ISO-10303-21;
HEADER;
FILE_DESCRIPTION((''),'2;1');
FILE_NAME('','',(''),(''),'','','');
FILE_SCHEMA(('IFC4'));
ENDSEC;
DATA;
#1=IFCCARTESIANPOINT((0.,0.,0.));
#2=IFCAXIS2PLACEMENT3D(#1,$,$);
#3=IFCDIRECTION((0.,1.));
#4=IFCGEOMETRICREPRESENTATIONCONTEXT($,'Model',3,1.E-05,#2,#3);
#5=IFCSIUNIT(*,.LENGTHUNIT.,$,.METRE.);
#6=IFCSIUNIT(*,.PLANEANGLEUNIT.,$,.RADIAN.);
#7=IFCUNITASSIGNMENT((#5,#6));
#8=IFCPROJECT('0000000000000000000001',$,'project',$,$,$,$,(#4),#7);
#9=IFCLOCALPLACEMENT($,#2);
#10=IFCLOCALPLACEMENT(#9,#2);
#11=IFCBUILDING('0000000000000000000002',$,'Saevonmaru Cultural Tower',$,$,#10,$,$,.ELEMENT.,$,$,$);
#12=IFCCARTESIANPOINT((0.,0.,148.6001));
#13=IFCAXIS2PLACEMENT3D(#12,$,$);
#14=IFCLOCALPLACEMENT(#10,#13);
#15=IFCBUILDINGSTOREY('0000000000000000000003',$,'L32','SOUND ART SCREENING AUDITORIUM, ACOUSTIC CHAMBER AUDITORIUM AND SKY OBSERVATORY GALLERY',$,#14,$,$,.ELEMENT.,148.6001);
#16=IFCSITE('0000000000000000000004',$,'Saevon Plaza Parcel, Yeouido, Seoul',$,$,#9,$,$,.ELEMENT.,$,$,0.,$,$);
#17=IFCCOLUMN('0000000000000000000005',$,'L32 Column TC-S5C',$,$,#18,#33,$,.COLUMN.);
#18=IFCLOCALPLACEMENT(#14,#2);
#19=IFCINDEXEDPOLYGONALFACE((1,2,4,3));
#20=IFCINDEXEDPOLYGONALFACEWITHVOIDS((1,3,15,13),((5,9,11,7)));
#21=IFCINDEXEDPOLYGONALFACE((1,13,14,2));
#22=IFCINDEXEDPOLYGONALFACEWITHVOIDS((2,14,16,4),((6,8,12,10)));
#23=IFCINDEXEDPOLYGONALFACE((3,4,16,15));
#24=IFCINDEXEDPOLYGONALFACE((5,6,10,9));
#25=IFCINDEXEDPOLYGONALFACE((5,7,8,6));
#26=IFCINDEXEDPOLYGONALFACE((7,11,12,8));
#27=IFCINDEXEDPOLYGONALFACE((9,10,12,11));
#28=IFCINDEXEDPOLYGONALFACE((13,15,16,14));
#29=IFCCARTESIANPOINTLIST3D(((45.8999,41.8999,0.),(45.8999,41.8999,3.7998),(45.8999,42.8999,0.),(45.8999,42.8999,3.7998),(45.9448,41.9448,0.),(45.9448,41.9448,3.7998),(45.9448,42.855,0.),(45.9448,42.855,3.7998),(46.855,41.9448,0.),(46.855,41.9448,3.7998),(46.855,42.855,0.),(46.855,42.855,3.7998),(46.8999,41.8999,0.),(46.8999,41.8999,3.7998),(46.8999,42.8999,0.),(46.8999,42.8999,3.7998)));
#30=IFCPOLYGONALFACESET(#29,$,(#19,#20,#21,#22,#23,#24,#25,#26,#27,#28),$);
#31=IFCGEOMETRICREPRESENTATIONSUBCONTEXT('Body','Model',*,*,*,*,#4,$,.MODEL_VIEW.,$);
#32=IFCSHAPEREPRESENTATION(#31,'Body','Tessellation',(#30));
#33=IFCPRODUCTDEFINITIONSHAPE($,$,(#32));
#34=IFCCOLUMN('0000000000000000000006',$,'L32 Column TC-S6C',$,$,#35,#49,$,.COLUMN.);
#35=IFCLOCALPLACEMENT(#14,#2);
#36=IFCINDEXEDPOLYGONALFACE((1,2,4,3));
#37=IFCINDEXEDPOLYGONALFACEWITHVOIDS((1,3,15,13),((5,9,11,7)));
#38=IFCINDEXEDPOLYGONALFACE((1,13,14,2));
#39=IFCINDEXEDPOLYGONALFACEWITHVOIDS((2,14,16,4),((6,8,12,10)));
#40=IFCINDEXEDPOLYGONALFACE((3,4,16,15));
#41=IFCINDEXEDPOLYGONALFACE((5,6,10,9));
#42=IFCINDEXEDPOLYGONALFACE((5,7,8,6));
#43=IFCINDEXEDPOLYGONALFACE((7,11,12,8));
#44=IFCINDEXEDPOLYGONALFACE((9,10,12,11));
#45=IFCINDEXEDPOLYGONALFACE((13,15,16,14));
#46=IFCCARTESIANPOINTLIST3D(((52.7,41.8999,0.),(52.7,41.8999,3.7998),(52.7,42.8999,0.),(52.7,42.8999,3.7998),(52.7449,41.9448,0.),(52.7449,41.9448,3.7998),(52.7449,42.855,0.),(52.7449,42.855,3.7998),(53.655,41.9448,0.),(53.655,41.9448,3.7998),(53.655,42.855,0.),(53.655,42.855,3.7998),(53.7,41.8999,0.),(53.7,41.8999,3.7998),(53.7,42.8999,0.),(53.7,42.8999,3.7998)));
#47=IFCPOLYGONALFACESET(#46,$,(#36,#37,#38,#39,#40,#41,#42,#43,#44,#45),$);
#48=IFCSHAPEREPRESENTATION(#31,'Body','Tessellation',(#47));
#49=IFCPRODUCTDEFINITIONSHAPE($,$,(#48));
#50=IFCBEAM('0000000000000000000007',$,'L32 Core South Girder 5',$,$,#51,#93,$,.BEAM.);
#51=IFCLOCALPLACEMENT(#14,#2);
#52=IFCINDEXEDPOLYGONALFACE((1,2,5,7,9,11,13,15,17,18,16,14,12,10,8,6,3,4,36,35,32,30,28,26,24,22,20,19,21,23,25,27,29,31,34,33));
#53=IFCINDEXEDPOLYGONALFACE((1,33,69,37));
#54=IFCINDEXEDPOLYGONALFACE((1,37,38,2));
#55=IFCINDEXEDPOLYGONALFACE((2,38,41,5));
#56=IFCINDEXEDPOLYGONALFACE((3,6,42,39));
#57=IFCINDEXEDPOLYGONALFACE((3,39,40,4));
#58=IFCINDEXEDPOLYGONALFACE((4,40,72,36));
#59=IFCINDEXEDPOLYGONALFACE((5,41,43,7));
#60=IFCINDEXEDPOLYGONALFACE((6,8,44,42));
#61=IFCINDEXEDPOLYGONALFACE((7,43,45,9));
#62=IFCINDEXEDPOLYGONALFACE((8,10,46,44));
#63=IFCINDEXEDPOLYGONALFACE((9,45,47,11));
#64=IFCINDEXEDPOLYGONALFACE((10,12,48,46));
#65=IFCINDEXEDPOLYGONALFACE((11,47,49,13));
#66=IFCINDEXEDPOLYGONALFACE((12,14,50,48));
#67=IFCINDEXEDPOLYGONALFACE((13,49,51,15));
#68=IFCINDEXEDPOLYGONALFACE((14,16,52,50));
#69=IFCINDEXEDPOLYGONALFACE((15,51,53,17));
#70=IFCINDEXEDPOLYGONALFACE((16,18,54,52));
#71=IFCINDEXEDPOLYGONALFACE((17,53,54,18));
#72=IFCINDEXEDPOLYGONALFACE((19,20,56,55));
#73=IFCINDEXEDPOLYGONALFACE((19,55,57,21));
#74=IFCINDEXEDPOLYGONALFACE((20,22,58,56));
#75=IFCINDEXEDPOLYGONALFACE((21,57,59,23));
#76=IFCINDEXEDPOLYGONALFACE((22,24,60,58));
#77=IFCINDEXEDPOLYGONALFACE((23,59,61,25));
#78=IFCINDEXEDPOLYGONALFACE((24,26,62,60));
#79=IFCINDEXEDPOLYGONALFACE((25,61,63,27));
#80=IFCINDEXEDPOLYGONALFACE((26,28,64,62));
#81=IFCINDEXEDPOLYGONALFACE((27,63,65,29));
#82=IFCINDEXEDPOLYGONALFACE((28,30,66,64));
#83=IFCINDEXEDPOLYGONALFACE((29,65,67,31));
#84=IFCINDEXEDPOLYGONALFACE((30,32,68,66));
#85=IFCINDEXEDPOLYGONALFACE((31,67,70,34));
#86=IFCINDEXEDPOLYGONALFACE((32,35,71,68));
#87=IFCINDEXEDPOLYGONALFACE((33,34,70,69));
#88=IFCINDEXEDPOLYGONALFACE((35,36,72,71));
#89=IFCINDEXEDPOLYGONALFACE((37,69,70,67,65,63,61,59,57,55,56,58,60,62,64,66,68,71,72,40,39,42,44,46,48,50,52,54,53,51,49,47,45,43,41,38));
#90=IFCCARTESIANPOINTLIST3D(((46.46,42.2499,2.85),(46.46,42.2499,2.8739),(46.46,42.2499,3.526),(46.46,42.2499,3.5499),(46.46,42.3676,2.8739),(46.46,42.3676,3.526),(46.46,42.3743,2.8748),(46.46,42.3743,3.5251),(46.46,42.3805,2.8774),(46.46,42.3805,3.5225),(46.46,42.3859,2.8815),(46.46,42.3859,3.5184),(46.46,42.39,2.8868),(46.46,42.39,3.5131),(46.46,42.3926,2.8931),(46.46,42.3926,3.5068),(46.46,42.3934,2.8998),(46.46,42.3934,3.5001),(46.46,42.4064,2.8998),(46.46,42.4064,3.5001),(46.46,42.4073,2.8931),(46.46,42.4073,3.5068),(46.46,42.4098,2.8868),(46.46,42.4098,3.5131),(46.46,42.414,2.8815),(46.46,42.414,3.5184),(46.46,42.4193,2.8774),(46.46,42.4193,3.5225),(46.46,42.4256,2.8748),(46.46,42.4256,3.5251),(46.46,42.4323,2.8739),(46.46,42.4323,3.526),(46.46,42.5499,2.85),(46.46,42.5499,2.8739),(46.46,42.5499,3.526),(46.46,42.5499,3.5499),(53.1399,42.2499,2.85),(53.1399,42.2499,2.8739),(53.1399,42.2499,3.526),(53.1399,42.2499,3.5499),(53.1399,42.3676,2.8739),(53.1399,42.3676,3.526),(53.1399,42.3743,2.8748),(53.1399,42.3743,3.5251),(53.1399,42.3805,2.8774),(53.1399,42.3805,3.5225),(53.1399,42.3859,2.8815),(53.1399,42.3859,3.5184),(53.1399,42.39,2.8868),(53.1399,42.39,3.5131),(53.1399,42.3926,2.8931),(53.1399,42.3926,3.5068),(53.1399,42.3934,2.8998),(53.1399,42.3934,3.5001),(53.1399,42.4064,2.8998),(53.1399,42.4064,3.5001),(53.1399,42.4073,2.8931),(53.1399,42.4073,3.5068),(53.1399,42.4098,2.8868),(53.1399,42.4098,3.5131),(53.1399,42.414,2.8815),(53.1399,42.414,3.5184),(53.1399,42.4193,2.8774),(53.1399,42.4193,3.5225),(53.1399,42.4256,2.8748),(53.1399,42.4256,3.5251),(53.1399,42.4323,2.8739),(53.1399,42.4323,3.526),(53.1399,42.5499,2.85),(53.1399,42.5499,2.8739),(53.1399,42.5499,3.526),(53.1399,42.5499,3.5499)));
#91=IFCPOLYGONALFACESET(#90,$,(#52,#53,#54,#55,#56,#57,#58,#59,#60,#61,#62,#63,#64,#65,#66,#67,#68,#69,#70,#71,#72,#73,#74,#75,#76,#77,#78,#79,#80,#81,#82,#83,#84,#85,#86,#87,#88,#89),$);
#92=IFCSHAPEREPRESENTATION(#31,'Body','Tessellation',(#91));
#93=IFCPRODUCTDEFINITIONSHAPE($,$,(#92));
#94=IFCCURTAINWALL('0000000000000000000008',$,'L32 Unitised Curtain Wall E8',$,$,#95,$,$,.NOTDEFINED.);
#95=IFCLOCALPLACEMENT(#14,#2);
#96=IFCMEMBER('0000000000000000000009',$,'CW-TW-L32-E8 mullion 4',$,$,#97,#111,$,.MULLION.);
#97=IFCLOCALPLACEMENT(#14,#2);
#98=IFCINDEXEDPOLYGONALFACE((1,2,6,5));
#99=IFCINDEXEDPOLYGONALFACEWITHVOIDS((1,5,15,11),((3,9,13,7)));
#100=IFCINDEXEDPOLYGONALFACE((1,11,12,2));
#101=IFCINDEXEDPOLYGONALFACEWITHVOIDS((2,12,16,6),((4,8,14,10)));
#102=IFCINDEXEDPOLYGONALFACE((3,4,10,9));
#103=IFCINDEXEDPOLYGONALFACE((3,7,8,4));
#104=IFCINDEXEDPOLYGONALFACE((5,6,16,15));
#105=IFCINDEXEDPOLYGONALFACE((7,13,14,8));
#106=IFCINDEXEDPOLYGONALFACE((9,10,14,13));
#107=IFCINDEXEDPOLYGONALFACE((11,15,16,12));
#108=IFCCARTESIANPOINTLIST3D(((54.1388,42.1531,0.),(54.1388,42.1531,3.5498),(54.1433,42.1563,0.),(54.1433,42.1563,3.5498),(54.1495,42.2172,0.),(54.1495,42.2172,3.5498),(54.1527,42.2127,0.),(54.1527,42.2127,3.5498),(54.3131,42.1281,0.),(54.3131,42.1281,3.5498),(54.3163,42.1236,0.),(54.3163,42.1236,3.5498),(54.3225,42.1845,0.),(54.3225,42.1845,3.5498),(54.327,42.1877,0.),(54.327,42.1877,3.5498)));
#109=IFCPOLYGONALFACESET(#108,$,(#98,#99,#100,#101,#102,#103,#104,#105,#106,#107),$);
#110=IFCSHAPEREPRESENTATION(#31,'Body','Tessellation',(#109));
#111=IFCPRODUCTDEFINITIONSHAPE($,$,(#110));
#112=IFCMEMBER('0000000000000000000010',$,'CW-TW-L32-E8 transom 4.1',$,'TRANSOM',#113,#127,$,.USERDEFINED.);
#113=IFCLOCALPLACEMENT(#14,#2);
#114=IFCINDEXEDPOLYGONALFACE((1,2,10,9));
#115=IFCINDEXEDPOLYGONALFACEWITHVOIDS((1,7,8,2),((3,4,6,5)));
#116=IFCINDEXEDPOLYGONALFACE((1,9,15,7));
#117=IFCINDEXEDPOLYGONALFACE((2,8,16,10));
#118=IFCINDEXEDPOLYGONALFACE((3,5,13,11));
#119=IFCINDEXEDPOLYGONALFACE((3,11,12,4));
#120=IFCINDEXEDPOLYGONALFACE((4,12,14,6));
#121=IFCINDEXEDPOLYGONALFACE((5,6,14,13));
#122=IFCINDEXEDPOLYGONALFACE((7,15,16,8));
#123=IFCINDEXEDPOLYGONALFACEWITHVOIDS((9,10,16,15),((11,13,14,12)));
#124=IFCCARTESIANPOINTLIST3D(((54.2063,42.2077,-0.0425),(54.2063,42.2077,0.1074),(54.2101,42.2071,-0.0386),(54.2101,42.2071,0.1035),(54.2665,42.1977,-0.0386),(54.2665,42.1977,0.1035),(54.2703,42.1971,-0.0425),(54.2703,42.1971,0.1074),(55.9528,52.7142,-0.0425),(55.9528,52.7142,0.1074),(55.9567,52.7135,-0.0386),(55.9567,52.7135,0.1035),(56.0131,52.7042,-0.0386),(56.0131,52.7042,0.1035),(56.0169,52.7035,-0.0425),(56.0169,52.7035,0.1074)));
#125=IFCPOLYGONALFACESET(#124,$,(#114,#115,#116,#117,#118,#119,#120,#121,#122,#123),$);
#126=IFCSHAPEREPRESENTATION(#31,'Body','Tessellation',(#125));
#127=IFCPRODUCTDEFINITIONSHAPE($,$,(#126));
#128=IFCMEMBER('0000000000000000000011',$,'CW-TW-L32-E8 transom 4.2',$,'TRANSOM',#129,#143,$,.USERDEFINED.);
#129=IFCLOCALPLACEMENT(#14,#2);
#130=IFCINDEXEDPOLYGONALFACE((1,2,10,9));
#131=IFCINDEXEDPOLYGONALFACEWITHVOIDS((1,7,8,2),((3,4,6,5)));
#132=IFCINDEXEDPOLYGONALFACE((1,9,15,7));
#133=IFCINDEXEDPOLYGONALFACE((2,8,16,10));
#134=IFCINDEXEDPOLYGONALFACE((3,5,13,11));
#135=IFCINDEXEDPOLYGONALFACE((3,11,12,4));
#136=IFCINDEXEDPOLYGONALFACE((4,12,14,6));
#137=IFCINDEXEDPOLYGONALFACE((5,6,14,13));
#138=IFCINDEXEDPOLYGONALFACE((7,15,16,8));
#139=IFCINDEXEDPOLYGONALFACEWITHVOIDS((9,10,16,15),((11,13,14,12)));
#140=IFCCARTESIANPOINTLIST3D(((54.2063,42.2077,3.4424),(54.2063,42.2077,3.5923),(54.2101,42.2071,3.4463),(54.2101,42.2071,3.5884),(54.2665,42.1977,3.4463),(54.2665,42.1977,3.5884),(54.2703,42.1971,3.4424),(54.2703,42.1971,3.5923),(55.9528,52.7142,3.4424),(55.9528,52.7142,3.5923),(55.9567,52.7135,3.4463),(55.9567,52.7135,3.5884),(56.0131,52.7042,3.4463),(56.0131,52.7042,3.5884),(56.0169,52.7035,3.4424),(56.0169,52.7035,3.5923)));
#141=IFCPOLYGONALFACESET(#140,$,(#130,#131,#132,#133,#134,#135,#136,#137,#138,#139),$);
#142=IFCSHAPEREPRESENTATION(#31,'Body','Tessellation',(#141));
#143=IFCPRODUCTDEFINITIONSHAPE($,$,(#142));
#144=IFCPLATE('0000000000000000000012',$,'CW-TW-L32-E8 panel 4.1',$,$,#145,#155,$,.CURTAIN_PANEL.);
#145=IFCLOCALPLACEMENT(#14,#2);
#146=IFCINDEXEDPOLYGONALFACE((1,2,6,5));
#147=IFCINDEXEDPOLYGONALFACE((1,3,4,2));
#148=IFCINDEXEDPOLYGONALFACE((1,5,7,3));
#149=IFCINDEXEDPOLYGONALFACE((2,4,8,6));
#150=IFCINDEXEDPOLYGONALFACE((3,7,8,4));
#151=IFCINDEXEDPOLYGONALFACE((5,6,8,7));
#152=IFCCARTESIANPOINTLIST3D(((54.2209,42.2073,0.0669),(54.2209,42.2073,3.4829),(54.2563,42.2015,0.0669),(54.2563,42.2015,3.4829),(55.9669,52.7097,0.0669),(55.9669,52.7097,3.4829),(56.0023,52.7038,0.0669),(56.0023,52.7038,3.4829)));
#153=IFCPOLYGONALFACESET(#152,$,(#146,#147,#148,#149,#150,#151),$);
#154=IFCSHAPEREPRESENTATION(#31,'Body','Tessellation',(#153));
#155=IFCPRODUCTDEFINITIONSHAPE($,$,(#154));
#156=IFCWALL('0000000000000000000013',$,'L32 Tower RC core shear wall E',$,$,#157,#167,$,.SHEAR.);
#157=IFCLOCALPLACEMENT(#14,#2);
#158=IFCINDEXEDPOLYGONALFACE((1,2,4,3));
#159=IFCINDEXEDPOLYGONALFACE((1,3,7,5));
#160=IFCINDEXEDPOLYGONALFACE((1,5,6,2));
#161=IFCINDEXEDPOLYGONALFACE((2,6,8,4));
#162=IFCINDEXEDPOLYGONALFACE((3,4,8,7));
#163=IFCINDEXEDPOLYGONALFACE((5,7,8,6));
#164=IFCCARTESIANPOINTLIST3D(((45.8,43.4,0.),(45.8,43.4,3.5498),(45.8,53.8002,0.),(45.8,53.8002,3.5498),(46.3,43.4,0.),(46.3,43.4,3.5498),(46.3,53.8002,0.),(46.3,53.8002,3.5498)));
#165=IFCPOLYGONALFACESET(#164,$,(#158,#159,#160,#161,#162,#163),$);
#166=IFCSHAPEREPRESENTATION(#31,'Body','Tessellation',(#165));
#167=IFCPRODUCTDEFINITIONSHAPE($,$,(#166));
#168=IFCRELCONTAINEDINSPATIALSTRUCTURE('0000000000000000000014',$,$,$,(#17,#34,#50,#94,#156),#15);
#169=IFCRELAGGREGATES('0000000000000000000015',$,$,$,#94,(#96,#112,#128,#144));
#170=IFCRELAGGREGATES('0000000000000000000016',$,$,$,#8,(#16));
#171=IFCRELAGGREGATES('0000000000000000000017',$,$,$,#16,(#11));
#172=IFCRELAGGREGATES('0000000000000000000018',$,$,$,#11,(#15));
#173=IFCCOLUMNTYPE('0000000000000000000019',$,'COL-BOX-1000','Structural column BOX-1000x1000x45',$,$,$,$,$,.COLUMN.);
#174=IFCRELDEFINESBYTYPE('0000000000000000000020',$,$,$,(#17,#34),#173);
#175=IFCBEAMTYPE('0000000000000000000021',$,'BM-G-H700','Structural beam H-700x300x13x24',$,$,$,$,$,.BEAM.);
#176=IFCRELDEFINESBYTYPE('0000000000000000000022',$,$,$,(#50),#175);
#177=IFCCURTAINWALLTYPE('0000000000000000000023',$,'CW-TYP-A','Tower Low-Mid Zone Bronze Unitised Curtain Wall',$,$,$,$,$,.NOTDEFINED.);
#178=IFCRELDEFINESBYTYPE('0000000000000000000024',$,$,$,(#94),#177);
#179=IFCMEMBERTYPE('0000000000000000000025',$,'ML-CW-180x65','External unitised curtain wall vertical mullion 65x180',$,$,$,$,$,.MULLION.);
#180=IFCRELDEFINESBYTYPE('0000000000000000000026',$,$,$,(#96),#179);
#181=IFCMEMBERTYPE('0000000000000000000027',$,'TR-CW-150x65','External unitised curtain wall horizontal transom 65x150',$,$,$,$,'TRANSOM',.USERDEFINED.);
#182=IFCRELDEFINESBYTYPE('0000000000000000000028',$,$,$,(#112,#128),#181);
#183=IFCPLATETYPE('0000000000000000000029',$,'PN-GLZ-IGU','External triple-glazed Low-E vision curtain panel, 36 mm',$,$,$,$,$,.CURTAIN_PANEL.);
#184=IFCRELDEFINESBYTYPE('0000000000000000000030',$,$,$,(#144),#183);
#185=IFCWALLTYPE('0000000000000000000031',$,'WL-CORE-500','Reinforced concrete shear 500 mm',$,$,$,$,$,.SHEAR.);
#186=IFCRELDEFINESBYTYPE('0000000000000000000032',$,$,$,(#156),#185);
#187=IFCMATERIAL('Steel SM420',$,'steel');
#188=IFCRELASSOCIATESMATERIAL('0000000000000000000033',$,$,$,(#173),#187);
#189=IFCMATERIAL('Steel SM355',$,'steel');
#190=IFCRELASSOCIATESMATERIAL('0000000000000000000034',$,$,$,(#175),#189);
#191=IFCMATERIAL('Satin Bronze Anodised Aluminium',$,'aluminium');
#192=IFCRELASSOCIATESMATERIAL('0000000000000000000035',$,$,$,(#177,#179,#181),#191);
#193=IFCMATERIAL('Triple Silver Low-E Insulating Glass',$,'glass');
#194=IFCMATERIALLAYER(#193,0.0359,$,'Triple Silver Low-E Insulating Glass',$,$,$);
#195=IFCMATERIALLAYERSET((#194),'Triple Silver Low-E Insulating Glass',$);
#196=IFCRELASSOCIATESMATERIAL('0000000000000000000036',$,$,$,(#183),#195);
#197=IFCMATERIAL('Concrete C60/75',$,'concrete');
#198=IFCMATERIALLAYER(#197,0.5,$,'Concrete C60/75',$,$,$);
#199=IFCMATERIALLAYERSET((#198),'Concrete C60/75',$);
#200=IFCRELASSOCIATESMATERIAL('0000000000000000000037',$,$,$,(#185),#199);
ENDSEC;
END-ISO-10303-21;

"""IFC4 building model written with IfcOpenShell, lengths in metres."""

from ifc_helpers import new_model, si_unit, direction, frame, frame_2d, origin, origin_2d, place, context, subcontext, project, spatial, rectangle, hollow_rectangle, i_section, extrude, material, layer, layer_set, material_profile, profile_set, type_object, element, aggregate, save


model = new_model("IFC4")

# Units and contexts
model_context = context("Model", 3, precision=1e-05, world=origin(), true_north=direction((0.0, 1.0)))
body_context = subcontext(model_context, "Body", "Model", "MODEL_VIEW")
ifc_project = project(units=[si_unit("LENGTHUNIT", "METRE"), si_unit("PLANEANGLEUNIT", "RADIAN")], contexts=[model_context])

# Site, building, storey
site_placement = place(None, origin())
site = spatial("IfcSite", under=ifc_project, at=site_placement, Name="Saevon Plaza Parcel, Yeouido, Seoul", CompositionType="ELEMENT", RefElevation=0.0)
building_placement = place(site_placement, origin())
building = spatial("IfcBuilding", under=site, at=building_placement, Name="Saevonmaru Cultural Tower", CompositionType="ELEMENT")
storey_placement = place(building_placement, frame((0.0, 0.0, 148.6001)))
storey = spatial("IfcBuildingStorey", under=building, at=storey_placement, Name="L32", Description="SOUND ART SCREENING AUDITORIUM, ACOUSTIC CHAMBER AUDITORIUM AND SKY OBSERVATORY GALLERY", CompositionType="ELEMENT", Elevation=148.6001)

# Columns
ifc_material_1 = material(Name="Steel SM420", Category="steel")
ifc_material_profile_1 = material_profile(ifc_material_1, hollow_rectangle(XDim=1.0, YDim=1.0, WallThickness=0.0449, at=origin_2d()), Name="BOX-1000x1000x45")
ifc_profile_set_1 = profile_set([ifc_material_profile_1], Name="Steel SM420")
column_type = type_object("IfcColumnType", Name="COL-BOX-1000", Description="Structural column BOX-1000x1000x45", PredefinedType="COLUMN", material=ifc_profile_set_1)
for number, where, z_axis, x_axis, name in (
    (1, (46.3999, 42.3999, 0.0), (0.0, 0.0, 1.0), (1.0, 0.0, 0.0), "L32 Column TC-S5C"),
    (2, (53.2, 42.3999, 0.0), (0.0, 0.0, 1.0), (1.0, 0.0, 0.0), "L32 Column TC-S6C"),
):
    element("IfcColumn", number, at=place(storey_placement, frame(where, z_axis=z_axis, x_axis=x_axis)), inside=storey, type_object=column_type, Name=name, PredefinedType="COLUMN", context=body_context, shape_type="SweptSolid", body=[
        extrude(hollow_rectangle(XDim=1.0, YDim=1.0, WallThickness=0.0449, at=origin_2d()), origin(), (0.0, 0.0, 1.0), 3.7998),
    ])

# Beam
ifc_material_2 = material(Name="Steel SM355", Category="steel")
ifc_material_profile_2 = material_profile(ifc_material_2, i_section(OverallWidth=0.3, OverallDepth=0.7, WebThickness=0.0129, FlangeThickness=0.0239, FilletRadius=0.0259, at=origin_2d()), Name="H-700x300x13x24")
ifc_profile_set_2 = profile_set([ifc_material_profile_2], Name="Steel SM355")
beam_type = type_object("IfcBeamType", Name="BM-G-H700", Description="Structural beam H-700x300x13x24", PredefinedType="BEAM", material=ifc_profile_set_2)
beam_placement = place(storey_placement, frame((46.46, 42.3999, 3.2), z_axis=(1.0, 0.0, 0.0), x_axis=(0.0, 1.0, 0.0)))
element("IfcBeam", 3, at=beam_placement, inside=storey, type_object=beam_type, Name="L32 Core South Girder 5", PredefinedType="BEAM", context=body_context, shape_type="SweptSolid", body=[
    extrude(i_section(OverallWidth=0.3, OverallDepth=0.7, WebThickness=0.0129, FlangeThickness=0.0239, FilletRadius=0.0259, at=origin_2d()), origin(), (0.0, 0.0, 1.0), 6.6799),
])

# Curtain wall, members, plate
ifc_material_3 = material(Name="Satin Bronze Anodised Aluminium", Category="aluminium")
curtain_wall_type = type_object("IfcCurtainWallType", Name="CW-TYP-A", Description="Tower Low-Mid Zone Bronze Unitised Curtain Wall", PredefinedType="NOTDEFINED", material=ifc_material_3)
curtain_wall_placement = place(storey_placement, origin())
curtain_wall = element("IfcCurtainWall", 4, at=curtain_wall_placement, inside=storey, type_object=curtain_wall_type, Name="L32 Unitised Curtain Wall E8", PredefinedType="NOTDEFINED")
ifc_material_profile_3 = material_profile(ifc_material_3, hollow_rectangle(XDim=0.0649, YDim=0.1799, WallThickness=0.0039, at=origin_2d()), Name="ALU-MULL-180x65x4")
ifc_profile_set_3 = profile_set([ifc_material_profile_3], Name="Satin Bronze Anodised Aluminium")
member_type_1 = type_object("IfcMemberType", Name="ML-CW-180x65", Description="External unitised curtain wall vertical mullion 65x180", PredefinedType="MULLION", material=ifc_profile_set_3)
member_1_placement = place(storey_placement, frame((54.2329, 42.1704, 0.0), z_axis=(0.0, 0.0, 1.0), x_axis=(0.163999, 0.986461, 0.0)))
member_1 = element("IfcMember", 5, at=member_1_placement, type_object=member_type_1, Name="CW-TW-L32-E8 mullion 4", PredefinedType="MULLION", context=body_context, shape_type="SweptSolid", body=[
    extrude(hollow_rectangle(XDim=0.0649, YDim=0.1799, WallThickness=0.0039, at=origin_2d()), origin(), (0.0, 0.0, 1.0), 3.5498),
])
ifc_material_profile_4 = material_profile(ifc_material_3, hollow_rectangle(XDim=0.0649, YDim=0.1499, WallThickness=0.0039, at=origin_2d()), Name="ALU-TRAN-150x65x4")
ifc_profile_set_4 = profile_set([ifc_material_profile_4], Name="Satin Bronze Anodised Aluminium")
member_type_2 = type_object("IfcMemberType", Name="TR-CW-150x65", Description="External unitised curtain wall horizontal transom 65x150", ElementType="TRANSOM", PredefinedType="USERDEFINED", material=ifc_profile_set_4)
member_2_placement = place(storey_placement, frame((54.2383, 42.2024, 0.0325), z_axis=(0.16399, 0.986462, 0.0), x_axis=(-0.986462, 0.16399, 0.0)))
member_2 = element("IfcMember", 6, at=member_2_placement, type_object=member_type_2, Name="CW-TW-L32-E8 transom 4.1", ObjectType="TRANSOM", PredefinedType="USERDEFINED", context=body_context, shape_type="SweptSolid", body=[
    extrude(hollow_rectangle(XDim=0.0649, YDim=0.1499, WallThickness=0.0039, at=origin_2d()), origin(), (0.0, 0.0, 1.0), 10.6506),
])
member_3_placement = place(storey_placement, frame((54.2383, 42.2024, 3.5173), z_axis=(0.16399, 0.986462, 0.0), x_axis=(-0.986462, 0.16399, 0.0)))
member_3 = element("IfcMember", 7, at=member_3_placement, type_object=member_type_2, Name="CW-TW-L32-E8 transom 4.2", ObjectType="TRANSOM", PredefinedType="USERDEFINED", context=body_context, shape_type="SweptSolid", body=[
    extrude(hollow_rectangle(XDim=0.0649, YDim=0.1499, WallThickness=0.0039, at=origin_2d()), origin(), (0.0, 0.0, 1.0), 10.6506),
])
ifc_material_4 = material(Name="Triple Silver Low-E Insulating Glass", Category="glass")
ifc_layer_1 = layer(ifc_material_4, 0.0359, Name="Triple Silver Low-E Insulating Glass")
ifc_layer_set_1 = layer_set([ifc_layer_1], Name="Triple Silver Low-E Insulating Glass")
plate_type = type_object("IfcPlateType", Name="PN-GLZ-IGU", Description="External triple-glazed Low-E vision curtain panel, 36 mm", PredefinedType="CURTAIN_PANEL", material=ifc_layer_set_1)
plate_placement = place(storey_placement, frame((55.1116, 47.4556, 0.0669), z_axis=(0.0, 0.0, 1.0), x_axis=(0.163999, 0.986461, 0.0)))
plate = element("IfcPlate", 8, at=plate_placement, type_object=plate_type, Name="CW-TW-L32-E8 panel 4.1", PredefinedType="CURTAIN_PANEL", context=body_context, shape_type="SweptSolid", body=[
    extrude(rectangle(XDim=10.6465, YDim=0.0359, at=origin_2d()), origin(), (0.0, 0.0, 1.0), 3.416),
])
aggregate(curtain_wall, [member_1, member_2, member_3, plate])

# Wall
ifc_material_5 = material(Name="Concrete C60/75", Category="concrete")
ifc_layer_2 = layer(ifc_material_5, 0.5, Name="Concrete C60/75")
ifc_layer_set_2 = layer_set([ifc_layer_2], Name="Concrete C60/75")
wall_type_1 = type_object("IfcWallType", Name="WL-CORE-500", Description="Reinforced concrete shear 500 mm", PredefinedType="SHEAR", material=ifc_layer_set_2)
wall_1_placement = place(storey_placement, frame((46.05, 43.3999, 0.0), z_axis=(0.0, 0.0, 1.0), x_axis=(0.0, 1.0, 0.0)))
element("IfcWall", 9, at=wall_1_placement, inside=storey, type_object=wall_type_1, Name="L32 Tower RC core shear wall E", PredefinedType="SHEAR", context=body_context, shape_type="SweptSolid", body=[
    extrude(rectangle(XDim=10.4001, YDim=0.5, at=frame_2d((5.2002, 0.0))), origin(), (0.0, 0.0, 1.0), 3.5498),
])

save(model, "model.ifc")
